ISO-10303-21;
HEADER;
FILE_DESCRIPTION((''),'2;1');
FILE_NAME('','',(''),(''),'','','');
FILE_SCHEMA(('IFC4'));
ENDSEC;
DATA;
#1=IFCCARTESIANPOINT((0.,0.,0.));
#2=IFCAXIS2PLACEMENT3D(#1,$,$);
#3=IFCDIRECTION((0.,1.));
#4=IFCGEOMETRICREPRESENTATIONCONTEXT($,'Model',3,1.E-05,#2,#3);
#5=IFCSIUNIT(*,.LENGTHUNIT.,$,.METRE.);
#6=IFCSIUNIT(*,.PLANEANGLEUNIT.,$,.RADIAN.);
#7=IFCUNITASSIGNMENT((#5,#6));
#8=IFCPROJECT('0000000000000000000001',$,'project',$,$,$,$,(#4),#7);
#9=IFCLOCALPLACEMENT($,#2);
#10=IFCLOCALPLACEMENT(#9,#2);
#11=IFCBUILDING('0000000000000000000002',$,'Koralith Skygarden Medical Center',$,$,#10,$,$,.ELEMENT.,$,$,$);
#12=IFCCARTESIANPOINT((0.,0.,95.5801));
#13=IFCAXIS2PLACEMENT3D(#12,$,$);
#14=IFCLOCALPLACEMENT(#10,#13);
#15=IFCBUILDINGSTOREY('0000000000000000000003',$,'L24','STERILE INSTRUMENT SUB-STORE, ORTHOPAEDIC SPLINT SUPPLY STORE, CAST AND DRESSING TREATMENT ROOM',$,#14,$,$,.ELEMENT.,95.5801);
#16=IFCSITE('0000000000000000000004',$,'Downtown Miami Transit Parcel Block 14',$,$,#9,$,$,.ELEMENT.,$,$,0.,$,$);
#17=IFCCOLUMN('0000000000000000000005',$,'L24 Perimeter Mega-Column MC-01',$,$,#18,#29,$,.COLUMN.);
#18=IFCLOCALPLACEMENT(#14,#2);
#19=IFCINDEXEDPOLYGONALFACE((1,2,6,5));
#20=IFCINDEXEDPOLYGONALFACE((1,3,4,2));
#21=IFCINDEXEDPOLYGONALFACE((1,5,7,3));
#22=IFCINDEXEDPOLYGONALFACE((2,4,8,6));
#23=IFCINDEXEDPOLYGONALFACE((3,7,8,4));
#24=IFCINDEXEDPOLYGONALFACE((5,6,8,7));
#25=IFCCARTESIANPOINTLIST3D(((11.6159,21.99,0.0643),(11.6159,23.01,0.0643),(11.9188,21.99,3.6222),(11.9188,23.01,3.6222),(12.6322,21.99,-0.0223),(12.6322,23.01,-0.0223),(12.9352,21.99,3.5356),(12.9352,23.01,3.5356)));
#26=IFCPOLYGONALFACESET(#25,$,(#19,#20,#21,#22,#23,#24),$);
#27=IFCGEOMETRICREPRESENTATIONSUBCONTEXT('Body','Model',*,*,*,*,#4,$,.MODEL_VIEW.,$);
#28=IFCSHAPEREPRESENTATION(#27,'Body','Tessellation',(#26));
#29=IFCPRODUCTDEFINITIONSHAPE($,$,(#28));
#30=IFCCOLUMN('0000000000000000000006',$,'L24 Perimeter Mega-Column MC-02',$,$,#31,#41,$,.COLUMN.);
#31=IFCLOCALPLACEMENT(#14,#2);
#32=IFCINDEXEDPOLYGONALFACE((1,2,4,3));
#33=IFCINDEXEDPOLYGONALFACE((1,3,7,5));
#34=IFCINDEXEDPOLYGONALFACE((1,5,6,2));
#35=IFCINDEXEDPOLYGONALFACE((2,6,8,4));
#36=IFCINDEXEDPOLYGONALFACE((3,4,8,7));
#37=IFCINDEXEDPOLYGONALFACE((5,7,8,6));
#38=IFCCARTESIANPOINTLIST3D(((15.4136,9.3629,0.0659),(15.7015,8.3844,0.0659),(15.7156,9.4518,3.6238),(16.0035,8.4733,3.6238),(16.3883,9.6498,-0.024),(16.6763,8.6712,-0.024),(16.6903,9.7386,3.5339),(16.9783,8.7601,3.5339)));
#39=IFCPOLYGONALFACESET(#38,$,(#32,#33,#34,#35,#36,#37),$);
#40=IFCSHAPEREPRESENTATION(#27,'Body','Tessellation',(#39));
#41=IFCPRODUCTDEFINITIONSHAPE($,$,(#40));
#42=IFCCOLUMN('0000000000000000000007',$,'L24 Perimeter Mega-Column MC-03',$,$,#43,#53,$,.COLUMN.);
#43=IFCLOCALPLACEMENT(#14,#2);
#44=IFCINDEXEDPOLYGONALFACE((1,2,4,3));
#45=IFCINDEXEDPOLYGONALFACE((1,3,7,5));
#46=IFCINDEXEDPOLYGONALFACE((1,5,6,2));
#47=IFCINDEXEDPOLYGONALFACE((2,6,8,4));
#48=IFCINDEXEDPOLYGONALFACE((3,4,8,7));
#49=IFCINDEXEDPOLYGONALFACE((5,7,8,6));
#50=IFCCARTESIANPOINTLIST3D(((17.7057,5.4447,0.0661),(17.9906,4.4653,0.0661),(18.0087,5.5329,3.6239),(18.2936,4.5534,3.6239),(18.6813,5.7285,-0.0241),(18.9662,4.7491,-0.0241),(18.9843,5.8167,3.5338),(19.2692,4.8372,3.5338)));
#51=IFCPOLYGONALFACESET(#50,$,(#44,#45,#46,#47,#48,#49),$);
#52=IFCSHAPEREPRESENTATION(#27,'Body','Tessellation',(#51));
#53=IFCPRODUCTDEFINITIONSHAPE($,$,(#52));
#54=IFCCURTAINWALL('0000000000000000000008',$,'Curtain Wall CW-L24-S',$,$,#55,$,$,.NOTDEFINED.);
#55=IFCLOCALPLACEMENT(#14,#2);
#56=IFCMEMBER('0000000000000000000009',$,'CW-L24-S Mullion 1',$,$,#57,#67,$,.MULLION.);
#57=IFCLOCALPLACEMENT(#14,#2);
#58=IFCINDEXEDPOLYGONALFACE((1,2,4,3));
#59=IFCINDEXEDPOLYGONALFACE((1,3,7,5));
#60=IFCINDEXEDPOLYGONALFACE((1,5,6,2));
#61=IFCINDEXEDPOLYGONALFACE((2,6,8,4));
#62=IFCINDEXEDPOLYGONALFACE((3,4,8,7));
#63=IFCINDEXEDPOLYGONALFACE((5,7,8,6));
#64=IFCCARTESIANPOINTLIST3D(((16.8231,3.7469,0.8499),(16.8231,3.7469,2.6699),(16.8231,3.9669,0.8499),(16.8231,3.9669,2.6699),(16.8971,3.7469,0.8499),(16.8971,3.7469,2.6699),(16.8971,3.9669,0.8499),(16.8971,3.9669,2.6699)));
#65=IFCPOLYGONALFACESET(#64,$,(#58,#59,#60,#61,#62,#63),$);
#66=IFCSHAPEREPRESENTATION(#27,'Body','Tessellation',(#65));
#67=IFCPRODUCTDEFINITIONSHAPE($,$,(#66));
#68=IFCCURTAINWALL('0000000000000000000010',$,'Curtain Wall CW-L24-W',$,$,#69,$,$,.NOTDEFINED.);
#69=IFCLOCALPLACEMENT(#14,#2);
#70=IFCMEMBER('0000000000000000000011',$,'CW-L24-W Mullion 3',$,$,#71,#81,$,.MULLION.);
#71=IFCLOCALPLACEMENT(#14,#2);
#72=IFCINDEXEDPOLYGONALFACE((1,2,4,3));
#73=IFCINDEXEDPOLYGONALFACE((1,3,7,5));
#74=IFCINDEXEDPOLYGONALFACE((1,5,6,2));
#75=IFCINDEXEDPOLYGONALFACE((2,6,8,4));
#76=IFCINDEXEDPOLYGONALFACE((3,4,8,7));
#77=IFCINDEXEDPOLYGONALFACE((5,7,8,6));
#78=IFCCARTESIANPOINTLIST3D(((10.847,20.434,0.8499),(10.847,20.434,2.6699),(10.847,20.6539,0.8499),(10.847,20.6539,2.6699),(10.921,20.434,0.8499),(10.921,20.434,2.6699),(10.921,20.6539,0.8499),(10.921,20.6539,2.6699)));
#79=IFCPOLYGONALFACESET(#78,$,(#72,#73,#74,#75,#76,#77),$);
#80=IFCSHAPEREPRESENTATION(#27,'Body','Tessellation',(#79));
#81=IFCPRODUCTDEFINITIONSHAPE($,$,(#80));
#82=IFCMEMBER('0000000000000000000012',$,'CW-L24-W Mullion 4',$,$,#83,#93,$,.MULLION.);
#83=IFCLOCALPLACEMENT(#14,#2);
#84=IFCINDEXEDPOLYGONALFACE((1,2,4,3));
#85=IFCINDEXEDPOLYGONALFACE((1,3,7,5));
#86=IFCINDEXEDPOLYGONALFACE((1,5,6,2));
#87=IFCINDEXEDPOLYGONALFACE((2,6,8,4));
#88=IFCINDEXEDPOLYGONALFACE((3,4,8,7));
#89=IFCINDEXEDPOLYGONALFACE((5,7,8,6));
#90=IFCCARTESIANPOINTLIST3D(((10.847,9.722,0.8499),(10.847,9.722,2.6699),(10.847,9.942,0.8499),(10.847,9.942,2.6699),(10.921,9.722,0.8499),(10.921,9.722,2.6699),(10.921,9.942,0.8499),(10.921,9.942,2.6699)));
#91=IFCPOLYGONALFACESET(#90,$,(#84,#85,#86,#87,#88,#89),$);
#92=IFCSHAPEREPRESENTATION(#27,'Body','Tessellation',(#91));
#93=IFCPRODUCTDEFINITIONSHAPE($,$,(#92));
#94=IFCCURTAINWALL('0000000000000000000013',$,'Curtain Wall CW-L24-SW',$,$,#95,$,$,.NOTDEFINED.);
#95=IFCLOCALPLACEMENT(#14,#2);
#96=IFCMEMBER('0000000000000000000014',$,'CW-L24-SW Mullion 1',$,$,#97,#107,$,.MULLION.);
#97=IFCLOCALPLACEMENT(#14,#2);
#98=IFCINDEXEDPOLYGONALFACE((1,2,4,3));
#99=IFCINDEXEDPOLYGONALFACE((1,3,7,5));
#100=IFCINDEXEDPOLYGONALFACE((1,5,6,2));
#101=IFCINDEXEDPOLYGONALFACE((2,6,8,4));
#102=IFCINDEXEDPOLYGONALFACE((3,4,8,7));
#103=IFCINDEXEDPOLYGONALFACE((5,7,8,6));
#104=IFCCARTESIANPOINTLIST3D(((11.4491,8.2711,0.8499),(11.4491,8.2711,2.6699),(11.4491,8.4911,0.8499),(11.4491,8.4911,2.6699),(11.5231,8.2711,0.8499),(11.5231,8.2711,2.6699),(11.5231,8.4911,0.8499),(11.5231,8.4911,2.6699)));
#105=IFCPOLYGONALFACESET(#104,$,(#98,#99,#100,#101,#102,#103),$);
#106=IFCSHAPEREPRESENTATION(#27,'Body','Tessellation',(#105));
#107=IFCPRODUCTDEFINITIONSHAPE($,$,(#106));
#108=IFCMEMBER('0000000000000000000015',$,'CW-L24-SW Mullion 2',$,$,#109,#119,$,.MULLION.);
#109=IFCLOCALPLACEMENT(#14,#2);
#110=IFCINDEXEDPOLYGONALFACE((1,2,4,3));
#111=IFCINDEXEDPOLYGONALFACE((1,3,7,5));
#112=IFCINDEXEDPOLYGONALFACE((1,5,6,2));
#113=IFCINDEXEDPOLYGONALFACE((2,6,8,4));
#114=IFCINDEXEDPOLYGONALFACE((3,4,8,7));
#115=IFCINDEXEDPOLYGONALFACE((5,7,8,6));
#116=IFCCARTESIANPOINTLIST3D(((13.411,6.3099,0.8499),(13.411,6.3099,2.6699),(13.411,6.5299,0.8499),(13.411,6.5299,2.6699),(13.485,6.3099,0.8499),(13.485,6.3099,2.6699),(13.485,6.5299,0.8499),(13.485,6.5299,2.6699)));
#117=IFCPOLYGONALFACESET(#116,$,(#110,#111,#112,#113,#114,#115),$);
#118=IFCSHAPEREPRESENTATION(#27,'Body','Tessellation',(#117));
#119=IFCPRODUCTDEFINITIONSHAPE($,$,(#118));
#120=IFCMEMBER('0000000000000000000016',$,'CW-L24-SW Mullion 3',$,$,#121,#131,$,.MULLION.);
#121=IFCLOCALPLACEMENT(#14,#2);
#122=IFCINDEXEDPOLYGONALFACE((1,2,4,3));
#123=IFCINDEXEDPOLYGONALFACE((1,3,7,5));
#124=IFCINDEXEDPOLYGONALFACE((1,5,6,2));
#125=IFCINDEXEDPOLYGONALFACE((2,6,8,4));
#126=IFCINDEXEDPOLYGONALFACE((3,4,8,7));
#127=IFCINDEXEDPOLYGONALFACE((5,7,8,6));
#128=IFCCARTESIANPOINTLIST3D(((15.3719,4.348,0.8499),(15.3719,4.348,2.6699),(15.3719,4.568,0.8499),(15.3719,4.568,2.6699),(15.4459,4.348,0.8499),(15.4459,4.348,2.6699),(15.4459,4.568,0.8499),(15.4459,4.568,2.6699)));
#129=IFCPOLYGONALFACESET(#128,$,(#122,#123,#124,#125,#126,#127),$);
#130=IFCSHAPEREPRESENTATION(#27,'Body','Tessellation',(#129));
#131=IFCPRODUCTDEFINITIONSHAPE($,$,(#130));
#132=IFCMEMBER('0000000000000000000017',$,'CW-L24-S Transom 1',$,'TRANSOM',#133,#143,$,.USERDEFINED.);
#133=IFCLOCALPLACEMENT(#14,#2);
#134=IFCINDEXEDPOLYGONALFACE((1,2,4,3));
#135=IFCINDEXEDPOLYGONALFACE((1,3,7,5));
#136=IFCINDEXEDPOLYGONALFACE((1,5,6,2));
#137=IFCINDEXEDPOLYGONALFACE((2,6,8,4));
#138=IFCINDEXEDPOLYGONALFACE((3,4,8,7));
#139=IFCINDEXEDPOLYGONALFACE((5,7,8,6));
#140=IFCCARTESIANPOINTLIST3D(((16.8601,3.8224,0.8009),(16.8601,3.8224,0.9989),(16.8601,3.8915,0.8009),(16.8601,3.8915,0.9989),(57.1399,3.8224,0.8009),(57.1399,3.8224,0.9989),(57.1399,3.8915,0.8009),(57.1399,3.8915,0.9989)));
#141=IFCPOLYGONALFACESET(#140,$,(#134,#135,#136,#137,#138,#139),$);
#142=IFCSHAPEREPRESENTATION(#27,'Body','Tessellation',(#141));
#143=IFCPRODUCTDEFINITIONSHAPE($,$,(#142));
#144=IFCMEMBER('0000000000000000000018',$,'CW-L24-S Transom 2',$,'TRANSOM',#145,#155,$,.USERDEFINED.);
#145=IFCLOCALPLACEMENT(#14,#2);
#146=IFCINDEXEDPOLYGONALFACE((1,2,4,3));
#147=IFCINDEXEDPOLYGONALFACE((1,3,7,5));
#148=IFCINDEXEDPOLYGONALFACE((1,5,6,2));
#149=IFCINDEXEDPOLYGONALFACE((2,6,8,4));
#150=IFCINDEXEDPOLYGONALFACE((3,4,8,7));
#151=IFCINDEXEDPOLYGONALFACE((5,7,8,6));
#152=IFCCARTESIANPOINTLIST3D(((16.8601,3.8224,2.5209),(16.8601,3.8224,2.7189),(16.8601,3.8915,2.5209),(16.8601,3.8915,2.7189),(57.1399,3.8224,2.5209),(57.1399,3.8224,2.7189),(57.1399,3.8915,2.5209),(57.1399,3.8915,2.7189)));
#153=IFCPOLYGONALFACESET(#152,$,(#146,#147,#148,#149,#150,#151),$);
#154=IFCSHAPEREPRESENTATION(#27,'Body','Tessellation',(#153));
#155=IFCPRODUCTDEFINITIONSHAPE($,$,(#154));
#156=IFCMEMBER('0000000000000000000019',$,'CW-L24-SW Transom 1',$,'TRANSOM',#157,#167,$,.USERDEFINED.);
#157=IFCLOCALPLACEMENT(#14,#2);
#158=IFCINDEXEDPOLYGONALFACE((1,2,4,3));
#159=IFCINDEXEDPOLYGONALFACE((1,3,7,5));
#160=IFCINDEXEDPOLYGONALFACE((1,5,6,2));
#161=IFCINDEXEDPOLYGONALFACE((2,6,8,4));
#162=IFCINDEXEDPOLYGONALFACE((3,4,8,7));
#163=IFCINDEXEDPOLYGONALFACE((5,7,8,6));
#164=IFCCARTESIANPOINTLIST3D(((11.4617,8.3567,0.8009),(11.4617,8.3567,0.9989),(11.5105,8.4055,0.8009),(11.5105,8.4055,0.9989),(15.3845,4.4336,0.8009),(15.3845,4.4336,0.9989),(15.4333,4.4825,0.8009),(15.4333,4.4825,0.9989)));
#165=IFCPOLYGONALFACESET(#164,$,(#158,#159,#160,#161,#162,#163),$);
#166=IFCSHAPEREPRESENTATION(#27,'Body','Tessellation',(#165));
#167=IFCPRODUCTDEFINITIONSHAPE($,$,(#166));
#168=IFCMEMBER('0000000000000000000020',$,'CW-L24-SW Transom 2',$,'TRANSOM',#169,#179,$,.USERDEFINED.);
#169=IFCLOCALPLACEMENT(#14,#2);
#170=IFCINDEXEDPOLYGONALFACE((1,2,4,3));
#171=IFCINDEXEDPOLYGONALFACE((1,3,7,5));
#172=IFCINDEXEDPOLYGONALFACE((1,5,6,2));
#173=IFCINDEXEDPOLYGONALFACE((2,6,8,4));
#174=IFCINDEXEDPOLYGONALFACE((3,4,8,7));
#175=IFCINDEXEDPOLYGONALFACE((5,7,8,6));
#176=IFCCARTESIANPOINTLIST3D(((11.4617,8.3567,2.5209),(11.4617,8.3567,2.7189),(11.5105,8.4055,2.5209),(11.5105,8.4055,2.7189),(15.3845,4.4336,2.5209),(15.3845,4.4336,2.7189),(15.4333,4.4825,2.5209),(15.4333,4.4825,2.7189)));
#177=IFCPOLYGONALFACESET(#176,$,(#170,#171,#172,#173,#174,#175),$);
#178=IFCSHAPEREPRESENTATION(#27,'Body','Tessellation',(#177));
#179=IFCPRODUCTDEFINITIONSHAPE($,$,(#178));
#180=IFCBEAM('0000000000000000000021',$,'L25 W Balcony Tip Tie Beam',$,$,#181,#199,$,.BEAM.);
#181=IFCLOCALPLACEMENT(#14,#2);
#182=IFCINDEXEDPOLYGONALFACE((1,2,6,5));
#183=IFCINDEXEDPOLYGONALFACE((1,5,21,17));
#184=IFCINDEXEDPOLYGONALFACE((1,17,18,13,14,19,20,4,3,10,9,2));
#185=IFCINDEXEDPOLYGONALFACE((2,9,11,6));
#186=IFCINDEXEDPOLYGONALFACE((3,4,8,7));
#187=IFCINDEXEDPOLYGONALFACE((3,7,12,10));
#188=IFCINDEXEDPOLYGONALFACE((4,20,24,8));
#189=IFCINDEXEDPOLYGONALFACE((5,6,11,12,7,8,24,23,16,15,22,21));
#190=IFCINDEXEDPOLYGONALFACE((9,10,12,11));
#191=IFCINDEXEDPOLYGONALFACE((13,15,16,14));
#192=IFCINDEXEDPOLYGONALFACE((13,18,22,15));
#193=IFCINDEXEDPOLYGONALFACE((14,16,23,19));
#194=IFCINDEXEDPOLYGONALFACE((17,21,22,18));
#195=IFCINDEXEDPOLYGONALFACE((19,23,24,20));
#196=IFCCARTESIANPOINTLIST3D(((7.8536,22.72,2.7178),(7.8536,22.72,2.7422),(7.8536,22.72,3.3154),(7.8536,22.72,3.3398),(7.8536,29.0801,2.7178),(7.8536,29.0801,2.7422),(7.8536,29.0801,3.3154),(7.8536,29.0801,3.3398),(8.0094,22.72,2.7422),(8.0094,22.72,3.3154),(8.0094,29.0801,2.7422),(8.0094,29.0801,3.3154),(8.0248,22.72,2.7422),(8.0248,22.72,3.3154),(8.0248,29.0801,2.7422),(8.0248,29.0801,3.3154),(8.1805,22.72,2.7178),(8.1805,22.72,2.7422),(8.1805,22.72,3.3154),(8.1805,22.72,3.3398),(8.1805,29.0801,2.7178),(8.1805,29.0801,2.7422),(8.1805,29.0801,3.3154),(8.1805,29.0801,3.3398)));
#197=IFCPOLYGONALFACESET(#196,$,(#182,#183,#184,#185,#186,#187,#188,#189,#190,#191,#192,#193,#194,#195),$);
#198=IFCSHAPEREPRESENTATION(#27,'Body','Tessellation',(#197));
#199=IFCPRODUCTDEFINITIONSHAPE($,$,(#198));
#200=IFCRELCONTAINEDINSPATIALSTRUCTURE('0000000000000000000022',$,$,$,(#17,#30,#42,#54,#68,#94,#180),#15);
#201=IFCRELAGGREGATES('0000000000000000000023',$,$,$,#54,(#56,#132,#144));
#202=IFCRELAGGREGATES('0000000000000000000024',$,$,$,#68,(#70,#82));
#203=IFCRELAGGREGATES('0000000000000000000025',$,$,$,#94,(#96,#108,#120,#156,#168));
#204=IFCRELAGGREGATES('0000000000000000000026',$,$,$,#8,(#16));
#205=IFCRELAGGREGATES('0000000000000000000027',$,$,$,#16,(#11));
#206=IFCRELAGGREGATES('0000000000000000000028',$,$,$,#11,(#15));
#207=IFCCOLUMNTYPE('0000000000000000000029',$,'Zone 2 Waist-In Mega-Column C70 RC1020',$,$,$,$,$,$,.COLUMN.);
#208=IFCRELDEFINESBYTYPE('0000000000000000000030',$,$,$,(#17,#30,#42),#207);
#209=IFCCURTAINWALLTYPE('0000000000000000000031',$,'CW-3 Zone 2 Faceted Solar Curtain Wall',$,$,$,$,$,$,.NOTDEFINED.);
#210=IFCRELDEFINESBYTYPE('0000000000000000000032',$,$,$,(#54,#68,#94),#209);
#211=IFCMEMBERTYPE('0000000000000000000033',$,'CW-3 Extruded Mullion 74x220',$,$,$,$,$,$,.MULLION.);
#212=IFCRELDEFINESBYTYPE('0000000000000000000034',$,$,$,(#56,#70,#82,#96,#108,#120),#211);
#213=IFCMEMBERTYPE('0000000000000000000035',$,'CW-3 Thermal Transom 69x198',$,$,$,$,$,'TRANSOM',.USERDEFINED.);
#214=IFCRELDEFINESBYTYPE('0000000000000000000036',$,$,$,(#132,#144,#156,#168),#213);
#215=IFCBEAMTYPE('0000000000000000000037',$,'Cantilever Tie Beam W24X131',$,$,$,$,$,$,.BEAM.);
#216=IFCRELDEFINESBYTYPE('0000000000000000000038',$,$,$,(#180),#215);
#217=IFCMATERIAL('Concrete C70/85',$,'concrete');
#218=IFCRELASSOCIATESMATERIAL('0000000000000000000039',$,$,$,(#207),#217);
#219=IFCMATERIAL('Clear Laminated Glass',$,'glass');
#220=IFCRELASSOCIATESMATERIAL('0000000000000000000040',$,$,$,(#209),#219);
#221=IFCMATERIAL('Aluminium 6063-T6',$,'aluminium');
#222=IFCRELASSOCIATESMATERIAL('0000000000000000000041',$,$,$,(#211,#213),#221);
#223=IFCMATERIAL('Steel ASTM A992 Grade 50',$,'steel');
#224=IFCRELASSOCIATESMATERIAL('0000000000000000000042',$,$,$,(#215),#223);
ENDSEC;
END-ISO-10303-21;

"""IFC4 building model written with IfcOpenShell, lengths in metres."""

from ifc_helpers import new_model, si_unit, direction, frame, origin, origin_2d, place, context, subcontext, project, spatial, rectangle, i_section, extrude, material, material_profile, profile_set, type_object, element, aggregate, save


model = new_model("IFC4")

# Units and contexts
model_context = context("Model", 3, precision=1e-05, world=origin(), true_north=direction((0.0, 1.0)))
body_context = subcontext(model_context, "Body", "Model", "MODEL_VIEW")
ifc_project = project(units=[si_unit("LENGTHUNIT", "METRE"), si_unit("PLANEANGLEUNIT", "RADIAN")], contexts=[model_context])

# Site, building, storey
site_placement = place(None, origin())
site = spatial("IfcSite", under=ifc_project, at=site_placement, Name="Downtown Miami Transit Parcel Block 14", CompositionType="ELEMENT", RefElevation=0.0)
building_placement = place(site_placement, origin())
building = spatial("IfcBuilding", under=site, at=building_placement, Name="Koralith Skygarden Medical Center", CompositionType="ELEMENT")
storey_placement = place(building_placement, frame((0.0, 0.0, 95.5801)))
storey = spatial("IfcBuildingStorey", under=building, at=storey_placement, Name="L24", Description="STERILE INSTRUMENT SUB-STORE, ORTHOPAEDIC SPLINT SUPPLY STORE, CAST AND DRESSING TREATMENT ROOM", CompositionType="ELEMENT", Elevation=95.5801)

# Columns
ifc_material_1 = material(Name="Concrete C70/85", Category="concrete")
ifc_material_profile_1 = material_profile(ifc_material_1, rectangle(XDim=1.02, YDim=1.02, at=origin_2d()), Name="RC1020X1020")
ifc_profile_set_1 = profile_set([ifc_material_profile_1], Name="Concrete C70/85")
column_type = type_object("IfcColumnType", Name="Zone 2 Waist-In Mega-Column C70 RC1020", PredefinedType="COLUMN", material=ifc_profile_set_1)
column_placement = place(storey_placement, frame((12.124, 22.5, 0.021), z_axis=(0.08485, 0.0, 0.996394), x_axis=(0.0, 1.0, 0.0)))
element("IfcColumn", 1, at=column_placement, inside=storey, type_object=column_type, Name="L24 Perimeter Mega-Column MC-01", PredefinedType="COLUMN", context=body_context, shape_type="SweptSolid", body=[
    extrude(rectangle(XDim=1.02, YDim=1.02, at=origin_2d()), origin(), (0.0, 0.0, 1.0), 3.5708),
])
for number, where, z_axis, x_axis, name in (
    (2, (16.0449, 9.0171, 0.021), (0.084553, 0.02488, 0.996108), (-0.282292, 0.959328, 0.0), "L24 Perimeter Mega-Column MC-02"),
    (3, (18.3359, 5.0969, 0.021), (0.084825, 0.024675, 0.99609), (-0.279317, 0.960199, 0.0), "L24 Perimeter Mega-Column MC-03"),
):
    element("IfcColumn", number, at=place(storey_placement, frame(where, z_axis=z_axis, x_axis=x_axis)), inside=storey, type_object=column_type, Name=name, PredefinedType="COLUMN", context=body_context, shape_type="SweptSolid", body=[
        extrude(rectangle(XDim=1.02, YDim=1.02, at=origin_2d()), origin(), (0.0, 0.0, 1.0), 3.5718),
    ])

# Curtain wall, member
ifc_material_2 = material(Name="Clear Laminated Glass", Category="glass")
curtain_wall_type = type_object("IfcCurtainWallType", Name="CW-3 Zone 2 Faceted Solar Curtain Wall", PredefinedType="NOTDEFINED", material=ifc_material_2)
curtain_wall_1_placement = place(storey_placement, origin())
curtain_wall_1 = element("IfcCurtainWall", 4, at=curtain_wall_1_placement, inside=storey, type_object=curtain_wall_type, Name="Curtain Wall CW-L24-S", PredefinedType="NOTDEFINED")
ifc_material_3 = material(Name="Aluminium 6063-T6", Category="aluminium")
ifc_material_profile_2 = material_profile(ifc_material_3, rectangle(XDim=0.074, YDim=0.22, at=origin_2d()), Name="MUL74X220")
ifc_profile_set_2 = profile_set([ifc_material_profile_2], Name="Aluminium 6063-T6")
member_type_1 = type_object("IfcMemberType", Name="CW-3 Extruded Mullion 74x220", PredefinedType="MULLION", material=ifc_profile_set_2)
member_1_placement = place(storey_placement, frame((16.8601, 3.8569, 0.8499), z_axis=(0.0, 0.0, 1.0), x_axis=(1.0, 0.0, 0.0)))
member_1 = element("IfcMember", 5, at=member_1_placement, type_object=member_type_1, Name="CW-L24-S Mullion 1", PredefinedType="MULLION", context=body_context, shape_type="SweptSolid", body=[
    extrude(rectangle(XDim=0.074, YDim=0.22, at=origin_2d()), origin(), (0.0, 0.0, 1.0), 1.8201),
])

# Curtain walls, members
curtain_wall_2_placement = place(storey_placement, origin())
curtain_wall_2 = element("IfcCurtainWall", 6, at=curtain_wall_2_placement, inside=storey, type_object=curtain_wall_type, Name="Curtain Wall CW-L24-W", PredefinedType="NOTDEFINED")
member_2_placement = place(storey_placement, frame((10.884, 20.5439, 0.8499), z_axis=(0.0, 0.0, 1.0), x_axis=(1.0, 0.0, 0.0)))
member_2 = element("IfcMember", 7, at=member_2_placement, type_object=member_type_1, Name="CW-L24-W Mullion 3", PredefinedType="MULLION", context=body_context, shape_type="SweptSolid", body=[
    extrude(rectangle(XDim=0.074, YDim=0.22, at=origin_2d()), origin(), (0.0, 0.0, 1.0), 1.8201),
])
member_3_placement = place(storey_placement, frame((10.884, 9.832, 0.8499), z_axis=(0.0, 0.0, 1.0), x_axis=(1.0, 0.0, 0.0)))
member_3 = element("IfcMember", 8, at=member_3_placement, type_object=member_type_1, Name="CW-L24-W Mullion 4", PredefinedType="MULLION", context=body_context, shape_type="SweptSolid", body=[
    extrude(rectangle(XDim=0.074, YDim=0.22, at=origin_2d()), origin(), (0.0, 0.0, 1.0), 1.8201),
])
curtain_wall_3_placement = place(storey_placement, origin())
curtain_wall_3 = element("IfcCurtainWall", 9, at=curtain_wall_3_placement, inside=storey, type_object=curtain_wall_type, Name="Curtain Wall CW-L24-SW", PredefinedType="NOTDEFINED")
member_4_placement = place(storey_placement, frame((11.4861, 8.3811, 0.8499), z_axis=(0.0, 0.0, 1.0), x_axis=(1.0, 0.0, 0.0)))
member_4 = element("IfcMember", 10, at=member_4_placement, type_object=member_type_1, Name="CW-L24-SW Mullion 1", PredefinedType="MULLION", context=body_context, shape_type="SweptSolid", body=[
    extrude(rectangle(XDim=0.074, YDim=0.22, at=origin_2d()), origin(), (0.0, 0.0, 1.0), 1.8201),
])
member_5_placement = place(storey_placement, frame((13.448, 6.4199, 0.8499), z_axis=(0.0, 0.0, 1.0), x_axis=(1.0, 0.0, 0.0)))
member_5 = element("IfcMember", 11, at=member_5_placement, type_object=member_type_1, Name="CW-L24-SW Mullion 2", PredefinedType="MULLION", context=body_context, shape_type="SweptSolid", body=[
    extrude(rectangle(XDim=0.074, YDim=0.22, at=origin_2d()), origin(), (0.0, 0.0, 1.0), 1.8201),
])
member_6_placement = place(storey_placement, frame((15.4089, 4.458, 0.8499), z_axis=(0.0, 0.0, 1.0), x_axis=(1.0, 0.0, 0.0)))
member_6 = element("IfcMember", 12, at=member_6_placement, type_object=member_type_1, Name="CW-L24-SW Mullion 3", PredefinedType="MULLION", context=body_context, shape_type="SweptSolid", body=[
    extrude(rectangle(XDim=0.074, YDim=0.22, at=origin_2d()), origin(), (0.0, 0.0, 1.0), 1.8201),
])

# Members
ifc_material_profile_3 = material_profile(ifc_material_3, rectangle(XDim=0.0691, YDim=0.198, at=origin_2d()), Name="TRN69X198")
ifc_profile_set_3 = profile_set([ifc_material_profile_3], Name="Aluminium 6063-T6")
member_type_2 = type_object("IfcMemberType", Name="CW-3 Thermal Transom 69x198", ElementType="TRANSOM", PredefinedType="USERDEFINED", material=ifc_profile_set_3)
member_7_placement = place(storey_placement, frame((16.8601, 3.8569, 0.8999), z_axis=(1.0, 0.0, 0.0), x_axis=(0.0, 1.0, 0.0)))
member_7 = element("IfcMember", 13, at=member_7_placement, type_object=member_type_2, Name="CW-L24-S Transom 1", ObjectType="TRANSOM", PredefinedType="USERDEFINED", context=body_context, shape_type="SweptSolid", body=[
    extrude(rectangle(XDim=0.0691, YDim=0.198, at=origin_2d()), origin(), (0.0, 0.0, 1.0), 40.2798),
])
member_8_placement = place(storey_placement, frame((16.8601, 3.8569, 2.6199), z_axis=(1.0, 0.0, 0.0), x_axis=(0.0, 1.0, 0.0)))
member_8 = element("IfcMember", 14, at=member_8_placement, type_object=member_type_2, Name="CW-L24-S Transom 2", ObjectType="TRANSOM", PredefinedType="USERDEFINED", context=body_context, shape_type="SweptSolid", body=[
    extrude(rectangle(XDim=0.0691, YDim=0.198, at=origin_2d()), origin(), (0.0, 0.0, 1.0), 40.2798),
])
aggregate(curtain_wall_1, [member_1, member_7, member_8])
member_9_placement = place(storey_placement, frame((11.4861, 8.3811, 0.8999), z_axis=(0.707085, -0.707129, 0.0), x_axis=(0.707129, 0.707085, 0.0)))
member_9 = element("IfcMember", 15, at=member_9_placement, type_object=member_type_2, Name="CW-L24-SW Transom 1", ObjectType="TRANSOM", PredefinedType="USERDEFINED", context=body_context, shape_type="SweptSolid", body=[
    extrude(rectangle(XDim=0.0691, YDim=0.198, at=origin_2d()), origin(), (0.0, 0.0, 1.0), 5.5479),
])
member_10_placement = place(storey_placement, frame((11.4861, 8.3811, 2.6199), z_axis=(0.707085, -0.707129, 0.0), x_axis=(0.707129, 0.707085, 0.0)))
member_10 = element("IfcMember", 16, at=member_10_placement, type_object=member_type_2, Name="CW-L24-SW Transom 2", ObjectType="TRANSOM", PredefinedType="USERDEFINED", context=body_context, shape_type="SweptSolid", body=[
    extrude(rectangle(XDim=0.0691, YDim=0.198, at=origin_2d()), origin(), (0.0, 0.0, 1.0), 5.5479),
])

# Beam
ifc_material_4 = material(Name="Steel ASTM A992 Grade 50", Category="steel")
ifc_material_profile_4 = material_profile(ifc_material_4, i_section(OverallWidth=0.3269, OverallDepth=0.6221, WebThickness=0.0154, FlangeThickness=0.0244, at=origin_2d()), Name="W24X131")
ifc_profile_set_4 = profile_set([ifc_material_profile_4], Name="Steel ASTM A992 Grade 50")
beam_type_1 = type_object("IfcBeamType", Name="Cantilever Tie Beam W24X131", PredefinedType="BEAM", material=ifc_profile_set_4)
beam_1_placement = place(storey_placement, frame((8.0171, 22.72, 3.0288), z_axis=(0.0, 1.0, 0.0), x_axis=(-1.0, 0.0, 0.0)))
element("IfcBeam", 17, at=beam_1_placement, inside=storey, type_object=beam_type_1, Name="L25 W Balcony Tip Tie Beam", PredefinedType="BEAM", context=body_context, shape_type="SweptSolid", body=[
    extrude(i_section(OverallWidth=0.3269, OverallDepth=0.6221, WebThickness=0.0154, FlangeThickness=0.0244, at=origin_2d()), origin(), (0.0, 0.0, 1.0), 6.3601),
])

aggregate(curtain_wall_2, [member_2, member_3])
aggregate(curtain_wall_3, [member_4, member_5, member_6, member_9, member_10])

save(model, "model.ifc")
